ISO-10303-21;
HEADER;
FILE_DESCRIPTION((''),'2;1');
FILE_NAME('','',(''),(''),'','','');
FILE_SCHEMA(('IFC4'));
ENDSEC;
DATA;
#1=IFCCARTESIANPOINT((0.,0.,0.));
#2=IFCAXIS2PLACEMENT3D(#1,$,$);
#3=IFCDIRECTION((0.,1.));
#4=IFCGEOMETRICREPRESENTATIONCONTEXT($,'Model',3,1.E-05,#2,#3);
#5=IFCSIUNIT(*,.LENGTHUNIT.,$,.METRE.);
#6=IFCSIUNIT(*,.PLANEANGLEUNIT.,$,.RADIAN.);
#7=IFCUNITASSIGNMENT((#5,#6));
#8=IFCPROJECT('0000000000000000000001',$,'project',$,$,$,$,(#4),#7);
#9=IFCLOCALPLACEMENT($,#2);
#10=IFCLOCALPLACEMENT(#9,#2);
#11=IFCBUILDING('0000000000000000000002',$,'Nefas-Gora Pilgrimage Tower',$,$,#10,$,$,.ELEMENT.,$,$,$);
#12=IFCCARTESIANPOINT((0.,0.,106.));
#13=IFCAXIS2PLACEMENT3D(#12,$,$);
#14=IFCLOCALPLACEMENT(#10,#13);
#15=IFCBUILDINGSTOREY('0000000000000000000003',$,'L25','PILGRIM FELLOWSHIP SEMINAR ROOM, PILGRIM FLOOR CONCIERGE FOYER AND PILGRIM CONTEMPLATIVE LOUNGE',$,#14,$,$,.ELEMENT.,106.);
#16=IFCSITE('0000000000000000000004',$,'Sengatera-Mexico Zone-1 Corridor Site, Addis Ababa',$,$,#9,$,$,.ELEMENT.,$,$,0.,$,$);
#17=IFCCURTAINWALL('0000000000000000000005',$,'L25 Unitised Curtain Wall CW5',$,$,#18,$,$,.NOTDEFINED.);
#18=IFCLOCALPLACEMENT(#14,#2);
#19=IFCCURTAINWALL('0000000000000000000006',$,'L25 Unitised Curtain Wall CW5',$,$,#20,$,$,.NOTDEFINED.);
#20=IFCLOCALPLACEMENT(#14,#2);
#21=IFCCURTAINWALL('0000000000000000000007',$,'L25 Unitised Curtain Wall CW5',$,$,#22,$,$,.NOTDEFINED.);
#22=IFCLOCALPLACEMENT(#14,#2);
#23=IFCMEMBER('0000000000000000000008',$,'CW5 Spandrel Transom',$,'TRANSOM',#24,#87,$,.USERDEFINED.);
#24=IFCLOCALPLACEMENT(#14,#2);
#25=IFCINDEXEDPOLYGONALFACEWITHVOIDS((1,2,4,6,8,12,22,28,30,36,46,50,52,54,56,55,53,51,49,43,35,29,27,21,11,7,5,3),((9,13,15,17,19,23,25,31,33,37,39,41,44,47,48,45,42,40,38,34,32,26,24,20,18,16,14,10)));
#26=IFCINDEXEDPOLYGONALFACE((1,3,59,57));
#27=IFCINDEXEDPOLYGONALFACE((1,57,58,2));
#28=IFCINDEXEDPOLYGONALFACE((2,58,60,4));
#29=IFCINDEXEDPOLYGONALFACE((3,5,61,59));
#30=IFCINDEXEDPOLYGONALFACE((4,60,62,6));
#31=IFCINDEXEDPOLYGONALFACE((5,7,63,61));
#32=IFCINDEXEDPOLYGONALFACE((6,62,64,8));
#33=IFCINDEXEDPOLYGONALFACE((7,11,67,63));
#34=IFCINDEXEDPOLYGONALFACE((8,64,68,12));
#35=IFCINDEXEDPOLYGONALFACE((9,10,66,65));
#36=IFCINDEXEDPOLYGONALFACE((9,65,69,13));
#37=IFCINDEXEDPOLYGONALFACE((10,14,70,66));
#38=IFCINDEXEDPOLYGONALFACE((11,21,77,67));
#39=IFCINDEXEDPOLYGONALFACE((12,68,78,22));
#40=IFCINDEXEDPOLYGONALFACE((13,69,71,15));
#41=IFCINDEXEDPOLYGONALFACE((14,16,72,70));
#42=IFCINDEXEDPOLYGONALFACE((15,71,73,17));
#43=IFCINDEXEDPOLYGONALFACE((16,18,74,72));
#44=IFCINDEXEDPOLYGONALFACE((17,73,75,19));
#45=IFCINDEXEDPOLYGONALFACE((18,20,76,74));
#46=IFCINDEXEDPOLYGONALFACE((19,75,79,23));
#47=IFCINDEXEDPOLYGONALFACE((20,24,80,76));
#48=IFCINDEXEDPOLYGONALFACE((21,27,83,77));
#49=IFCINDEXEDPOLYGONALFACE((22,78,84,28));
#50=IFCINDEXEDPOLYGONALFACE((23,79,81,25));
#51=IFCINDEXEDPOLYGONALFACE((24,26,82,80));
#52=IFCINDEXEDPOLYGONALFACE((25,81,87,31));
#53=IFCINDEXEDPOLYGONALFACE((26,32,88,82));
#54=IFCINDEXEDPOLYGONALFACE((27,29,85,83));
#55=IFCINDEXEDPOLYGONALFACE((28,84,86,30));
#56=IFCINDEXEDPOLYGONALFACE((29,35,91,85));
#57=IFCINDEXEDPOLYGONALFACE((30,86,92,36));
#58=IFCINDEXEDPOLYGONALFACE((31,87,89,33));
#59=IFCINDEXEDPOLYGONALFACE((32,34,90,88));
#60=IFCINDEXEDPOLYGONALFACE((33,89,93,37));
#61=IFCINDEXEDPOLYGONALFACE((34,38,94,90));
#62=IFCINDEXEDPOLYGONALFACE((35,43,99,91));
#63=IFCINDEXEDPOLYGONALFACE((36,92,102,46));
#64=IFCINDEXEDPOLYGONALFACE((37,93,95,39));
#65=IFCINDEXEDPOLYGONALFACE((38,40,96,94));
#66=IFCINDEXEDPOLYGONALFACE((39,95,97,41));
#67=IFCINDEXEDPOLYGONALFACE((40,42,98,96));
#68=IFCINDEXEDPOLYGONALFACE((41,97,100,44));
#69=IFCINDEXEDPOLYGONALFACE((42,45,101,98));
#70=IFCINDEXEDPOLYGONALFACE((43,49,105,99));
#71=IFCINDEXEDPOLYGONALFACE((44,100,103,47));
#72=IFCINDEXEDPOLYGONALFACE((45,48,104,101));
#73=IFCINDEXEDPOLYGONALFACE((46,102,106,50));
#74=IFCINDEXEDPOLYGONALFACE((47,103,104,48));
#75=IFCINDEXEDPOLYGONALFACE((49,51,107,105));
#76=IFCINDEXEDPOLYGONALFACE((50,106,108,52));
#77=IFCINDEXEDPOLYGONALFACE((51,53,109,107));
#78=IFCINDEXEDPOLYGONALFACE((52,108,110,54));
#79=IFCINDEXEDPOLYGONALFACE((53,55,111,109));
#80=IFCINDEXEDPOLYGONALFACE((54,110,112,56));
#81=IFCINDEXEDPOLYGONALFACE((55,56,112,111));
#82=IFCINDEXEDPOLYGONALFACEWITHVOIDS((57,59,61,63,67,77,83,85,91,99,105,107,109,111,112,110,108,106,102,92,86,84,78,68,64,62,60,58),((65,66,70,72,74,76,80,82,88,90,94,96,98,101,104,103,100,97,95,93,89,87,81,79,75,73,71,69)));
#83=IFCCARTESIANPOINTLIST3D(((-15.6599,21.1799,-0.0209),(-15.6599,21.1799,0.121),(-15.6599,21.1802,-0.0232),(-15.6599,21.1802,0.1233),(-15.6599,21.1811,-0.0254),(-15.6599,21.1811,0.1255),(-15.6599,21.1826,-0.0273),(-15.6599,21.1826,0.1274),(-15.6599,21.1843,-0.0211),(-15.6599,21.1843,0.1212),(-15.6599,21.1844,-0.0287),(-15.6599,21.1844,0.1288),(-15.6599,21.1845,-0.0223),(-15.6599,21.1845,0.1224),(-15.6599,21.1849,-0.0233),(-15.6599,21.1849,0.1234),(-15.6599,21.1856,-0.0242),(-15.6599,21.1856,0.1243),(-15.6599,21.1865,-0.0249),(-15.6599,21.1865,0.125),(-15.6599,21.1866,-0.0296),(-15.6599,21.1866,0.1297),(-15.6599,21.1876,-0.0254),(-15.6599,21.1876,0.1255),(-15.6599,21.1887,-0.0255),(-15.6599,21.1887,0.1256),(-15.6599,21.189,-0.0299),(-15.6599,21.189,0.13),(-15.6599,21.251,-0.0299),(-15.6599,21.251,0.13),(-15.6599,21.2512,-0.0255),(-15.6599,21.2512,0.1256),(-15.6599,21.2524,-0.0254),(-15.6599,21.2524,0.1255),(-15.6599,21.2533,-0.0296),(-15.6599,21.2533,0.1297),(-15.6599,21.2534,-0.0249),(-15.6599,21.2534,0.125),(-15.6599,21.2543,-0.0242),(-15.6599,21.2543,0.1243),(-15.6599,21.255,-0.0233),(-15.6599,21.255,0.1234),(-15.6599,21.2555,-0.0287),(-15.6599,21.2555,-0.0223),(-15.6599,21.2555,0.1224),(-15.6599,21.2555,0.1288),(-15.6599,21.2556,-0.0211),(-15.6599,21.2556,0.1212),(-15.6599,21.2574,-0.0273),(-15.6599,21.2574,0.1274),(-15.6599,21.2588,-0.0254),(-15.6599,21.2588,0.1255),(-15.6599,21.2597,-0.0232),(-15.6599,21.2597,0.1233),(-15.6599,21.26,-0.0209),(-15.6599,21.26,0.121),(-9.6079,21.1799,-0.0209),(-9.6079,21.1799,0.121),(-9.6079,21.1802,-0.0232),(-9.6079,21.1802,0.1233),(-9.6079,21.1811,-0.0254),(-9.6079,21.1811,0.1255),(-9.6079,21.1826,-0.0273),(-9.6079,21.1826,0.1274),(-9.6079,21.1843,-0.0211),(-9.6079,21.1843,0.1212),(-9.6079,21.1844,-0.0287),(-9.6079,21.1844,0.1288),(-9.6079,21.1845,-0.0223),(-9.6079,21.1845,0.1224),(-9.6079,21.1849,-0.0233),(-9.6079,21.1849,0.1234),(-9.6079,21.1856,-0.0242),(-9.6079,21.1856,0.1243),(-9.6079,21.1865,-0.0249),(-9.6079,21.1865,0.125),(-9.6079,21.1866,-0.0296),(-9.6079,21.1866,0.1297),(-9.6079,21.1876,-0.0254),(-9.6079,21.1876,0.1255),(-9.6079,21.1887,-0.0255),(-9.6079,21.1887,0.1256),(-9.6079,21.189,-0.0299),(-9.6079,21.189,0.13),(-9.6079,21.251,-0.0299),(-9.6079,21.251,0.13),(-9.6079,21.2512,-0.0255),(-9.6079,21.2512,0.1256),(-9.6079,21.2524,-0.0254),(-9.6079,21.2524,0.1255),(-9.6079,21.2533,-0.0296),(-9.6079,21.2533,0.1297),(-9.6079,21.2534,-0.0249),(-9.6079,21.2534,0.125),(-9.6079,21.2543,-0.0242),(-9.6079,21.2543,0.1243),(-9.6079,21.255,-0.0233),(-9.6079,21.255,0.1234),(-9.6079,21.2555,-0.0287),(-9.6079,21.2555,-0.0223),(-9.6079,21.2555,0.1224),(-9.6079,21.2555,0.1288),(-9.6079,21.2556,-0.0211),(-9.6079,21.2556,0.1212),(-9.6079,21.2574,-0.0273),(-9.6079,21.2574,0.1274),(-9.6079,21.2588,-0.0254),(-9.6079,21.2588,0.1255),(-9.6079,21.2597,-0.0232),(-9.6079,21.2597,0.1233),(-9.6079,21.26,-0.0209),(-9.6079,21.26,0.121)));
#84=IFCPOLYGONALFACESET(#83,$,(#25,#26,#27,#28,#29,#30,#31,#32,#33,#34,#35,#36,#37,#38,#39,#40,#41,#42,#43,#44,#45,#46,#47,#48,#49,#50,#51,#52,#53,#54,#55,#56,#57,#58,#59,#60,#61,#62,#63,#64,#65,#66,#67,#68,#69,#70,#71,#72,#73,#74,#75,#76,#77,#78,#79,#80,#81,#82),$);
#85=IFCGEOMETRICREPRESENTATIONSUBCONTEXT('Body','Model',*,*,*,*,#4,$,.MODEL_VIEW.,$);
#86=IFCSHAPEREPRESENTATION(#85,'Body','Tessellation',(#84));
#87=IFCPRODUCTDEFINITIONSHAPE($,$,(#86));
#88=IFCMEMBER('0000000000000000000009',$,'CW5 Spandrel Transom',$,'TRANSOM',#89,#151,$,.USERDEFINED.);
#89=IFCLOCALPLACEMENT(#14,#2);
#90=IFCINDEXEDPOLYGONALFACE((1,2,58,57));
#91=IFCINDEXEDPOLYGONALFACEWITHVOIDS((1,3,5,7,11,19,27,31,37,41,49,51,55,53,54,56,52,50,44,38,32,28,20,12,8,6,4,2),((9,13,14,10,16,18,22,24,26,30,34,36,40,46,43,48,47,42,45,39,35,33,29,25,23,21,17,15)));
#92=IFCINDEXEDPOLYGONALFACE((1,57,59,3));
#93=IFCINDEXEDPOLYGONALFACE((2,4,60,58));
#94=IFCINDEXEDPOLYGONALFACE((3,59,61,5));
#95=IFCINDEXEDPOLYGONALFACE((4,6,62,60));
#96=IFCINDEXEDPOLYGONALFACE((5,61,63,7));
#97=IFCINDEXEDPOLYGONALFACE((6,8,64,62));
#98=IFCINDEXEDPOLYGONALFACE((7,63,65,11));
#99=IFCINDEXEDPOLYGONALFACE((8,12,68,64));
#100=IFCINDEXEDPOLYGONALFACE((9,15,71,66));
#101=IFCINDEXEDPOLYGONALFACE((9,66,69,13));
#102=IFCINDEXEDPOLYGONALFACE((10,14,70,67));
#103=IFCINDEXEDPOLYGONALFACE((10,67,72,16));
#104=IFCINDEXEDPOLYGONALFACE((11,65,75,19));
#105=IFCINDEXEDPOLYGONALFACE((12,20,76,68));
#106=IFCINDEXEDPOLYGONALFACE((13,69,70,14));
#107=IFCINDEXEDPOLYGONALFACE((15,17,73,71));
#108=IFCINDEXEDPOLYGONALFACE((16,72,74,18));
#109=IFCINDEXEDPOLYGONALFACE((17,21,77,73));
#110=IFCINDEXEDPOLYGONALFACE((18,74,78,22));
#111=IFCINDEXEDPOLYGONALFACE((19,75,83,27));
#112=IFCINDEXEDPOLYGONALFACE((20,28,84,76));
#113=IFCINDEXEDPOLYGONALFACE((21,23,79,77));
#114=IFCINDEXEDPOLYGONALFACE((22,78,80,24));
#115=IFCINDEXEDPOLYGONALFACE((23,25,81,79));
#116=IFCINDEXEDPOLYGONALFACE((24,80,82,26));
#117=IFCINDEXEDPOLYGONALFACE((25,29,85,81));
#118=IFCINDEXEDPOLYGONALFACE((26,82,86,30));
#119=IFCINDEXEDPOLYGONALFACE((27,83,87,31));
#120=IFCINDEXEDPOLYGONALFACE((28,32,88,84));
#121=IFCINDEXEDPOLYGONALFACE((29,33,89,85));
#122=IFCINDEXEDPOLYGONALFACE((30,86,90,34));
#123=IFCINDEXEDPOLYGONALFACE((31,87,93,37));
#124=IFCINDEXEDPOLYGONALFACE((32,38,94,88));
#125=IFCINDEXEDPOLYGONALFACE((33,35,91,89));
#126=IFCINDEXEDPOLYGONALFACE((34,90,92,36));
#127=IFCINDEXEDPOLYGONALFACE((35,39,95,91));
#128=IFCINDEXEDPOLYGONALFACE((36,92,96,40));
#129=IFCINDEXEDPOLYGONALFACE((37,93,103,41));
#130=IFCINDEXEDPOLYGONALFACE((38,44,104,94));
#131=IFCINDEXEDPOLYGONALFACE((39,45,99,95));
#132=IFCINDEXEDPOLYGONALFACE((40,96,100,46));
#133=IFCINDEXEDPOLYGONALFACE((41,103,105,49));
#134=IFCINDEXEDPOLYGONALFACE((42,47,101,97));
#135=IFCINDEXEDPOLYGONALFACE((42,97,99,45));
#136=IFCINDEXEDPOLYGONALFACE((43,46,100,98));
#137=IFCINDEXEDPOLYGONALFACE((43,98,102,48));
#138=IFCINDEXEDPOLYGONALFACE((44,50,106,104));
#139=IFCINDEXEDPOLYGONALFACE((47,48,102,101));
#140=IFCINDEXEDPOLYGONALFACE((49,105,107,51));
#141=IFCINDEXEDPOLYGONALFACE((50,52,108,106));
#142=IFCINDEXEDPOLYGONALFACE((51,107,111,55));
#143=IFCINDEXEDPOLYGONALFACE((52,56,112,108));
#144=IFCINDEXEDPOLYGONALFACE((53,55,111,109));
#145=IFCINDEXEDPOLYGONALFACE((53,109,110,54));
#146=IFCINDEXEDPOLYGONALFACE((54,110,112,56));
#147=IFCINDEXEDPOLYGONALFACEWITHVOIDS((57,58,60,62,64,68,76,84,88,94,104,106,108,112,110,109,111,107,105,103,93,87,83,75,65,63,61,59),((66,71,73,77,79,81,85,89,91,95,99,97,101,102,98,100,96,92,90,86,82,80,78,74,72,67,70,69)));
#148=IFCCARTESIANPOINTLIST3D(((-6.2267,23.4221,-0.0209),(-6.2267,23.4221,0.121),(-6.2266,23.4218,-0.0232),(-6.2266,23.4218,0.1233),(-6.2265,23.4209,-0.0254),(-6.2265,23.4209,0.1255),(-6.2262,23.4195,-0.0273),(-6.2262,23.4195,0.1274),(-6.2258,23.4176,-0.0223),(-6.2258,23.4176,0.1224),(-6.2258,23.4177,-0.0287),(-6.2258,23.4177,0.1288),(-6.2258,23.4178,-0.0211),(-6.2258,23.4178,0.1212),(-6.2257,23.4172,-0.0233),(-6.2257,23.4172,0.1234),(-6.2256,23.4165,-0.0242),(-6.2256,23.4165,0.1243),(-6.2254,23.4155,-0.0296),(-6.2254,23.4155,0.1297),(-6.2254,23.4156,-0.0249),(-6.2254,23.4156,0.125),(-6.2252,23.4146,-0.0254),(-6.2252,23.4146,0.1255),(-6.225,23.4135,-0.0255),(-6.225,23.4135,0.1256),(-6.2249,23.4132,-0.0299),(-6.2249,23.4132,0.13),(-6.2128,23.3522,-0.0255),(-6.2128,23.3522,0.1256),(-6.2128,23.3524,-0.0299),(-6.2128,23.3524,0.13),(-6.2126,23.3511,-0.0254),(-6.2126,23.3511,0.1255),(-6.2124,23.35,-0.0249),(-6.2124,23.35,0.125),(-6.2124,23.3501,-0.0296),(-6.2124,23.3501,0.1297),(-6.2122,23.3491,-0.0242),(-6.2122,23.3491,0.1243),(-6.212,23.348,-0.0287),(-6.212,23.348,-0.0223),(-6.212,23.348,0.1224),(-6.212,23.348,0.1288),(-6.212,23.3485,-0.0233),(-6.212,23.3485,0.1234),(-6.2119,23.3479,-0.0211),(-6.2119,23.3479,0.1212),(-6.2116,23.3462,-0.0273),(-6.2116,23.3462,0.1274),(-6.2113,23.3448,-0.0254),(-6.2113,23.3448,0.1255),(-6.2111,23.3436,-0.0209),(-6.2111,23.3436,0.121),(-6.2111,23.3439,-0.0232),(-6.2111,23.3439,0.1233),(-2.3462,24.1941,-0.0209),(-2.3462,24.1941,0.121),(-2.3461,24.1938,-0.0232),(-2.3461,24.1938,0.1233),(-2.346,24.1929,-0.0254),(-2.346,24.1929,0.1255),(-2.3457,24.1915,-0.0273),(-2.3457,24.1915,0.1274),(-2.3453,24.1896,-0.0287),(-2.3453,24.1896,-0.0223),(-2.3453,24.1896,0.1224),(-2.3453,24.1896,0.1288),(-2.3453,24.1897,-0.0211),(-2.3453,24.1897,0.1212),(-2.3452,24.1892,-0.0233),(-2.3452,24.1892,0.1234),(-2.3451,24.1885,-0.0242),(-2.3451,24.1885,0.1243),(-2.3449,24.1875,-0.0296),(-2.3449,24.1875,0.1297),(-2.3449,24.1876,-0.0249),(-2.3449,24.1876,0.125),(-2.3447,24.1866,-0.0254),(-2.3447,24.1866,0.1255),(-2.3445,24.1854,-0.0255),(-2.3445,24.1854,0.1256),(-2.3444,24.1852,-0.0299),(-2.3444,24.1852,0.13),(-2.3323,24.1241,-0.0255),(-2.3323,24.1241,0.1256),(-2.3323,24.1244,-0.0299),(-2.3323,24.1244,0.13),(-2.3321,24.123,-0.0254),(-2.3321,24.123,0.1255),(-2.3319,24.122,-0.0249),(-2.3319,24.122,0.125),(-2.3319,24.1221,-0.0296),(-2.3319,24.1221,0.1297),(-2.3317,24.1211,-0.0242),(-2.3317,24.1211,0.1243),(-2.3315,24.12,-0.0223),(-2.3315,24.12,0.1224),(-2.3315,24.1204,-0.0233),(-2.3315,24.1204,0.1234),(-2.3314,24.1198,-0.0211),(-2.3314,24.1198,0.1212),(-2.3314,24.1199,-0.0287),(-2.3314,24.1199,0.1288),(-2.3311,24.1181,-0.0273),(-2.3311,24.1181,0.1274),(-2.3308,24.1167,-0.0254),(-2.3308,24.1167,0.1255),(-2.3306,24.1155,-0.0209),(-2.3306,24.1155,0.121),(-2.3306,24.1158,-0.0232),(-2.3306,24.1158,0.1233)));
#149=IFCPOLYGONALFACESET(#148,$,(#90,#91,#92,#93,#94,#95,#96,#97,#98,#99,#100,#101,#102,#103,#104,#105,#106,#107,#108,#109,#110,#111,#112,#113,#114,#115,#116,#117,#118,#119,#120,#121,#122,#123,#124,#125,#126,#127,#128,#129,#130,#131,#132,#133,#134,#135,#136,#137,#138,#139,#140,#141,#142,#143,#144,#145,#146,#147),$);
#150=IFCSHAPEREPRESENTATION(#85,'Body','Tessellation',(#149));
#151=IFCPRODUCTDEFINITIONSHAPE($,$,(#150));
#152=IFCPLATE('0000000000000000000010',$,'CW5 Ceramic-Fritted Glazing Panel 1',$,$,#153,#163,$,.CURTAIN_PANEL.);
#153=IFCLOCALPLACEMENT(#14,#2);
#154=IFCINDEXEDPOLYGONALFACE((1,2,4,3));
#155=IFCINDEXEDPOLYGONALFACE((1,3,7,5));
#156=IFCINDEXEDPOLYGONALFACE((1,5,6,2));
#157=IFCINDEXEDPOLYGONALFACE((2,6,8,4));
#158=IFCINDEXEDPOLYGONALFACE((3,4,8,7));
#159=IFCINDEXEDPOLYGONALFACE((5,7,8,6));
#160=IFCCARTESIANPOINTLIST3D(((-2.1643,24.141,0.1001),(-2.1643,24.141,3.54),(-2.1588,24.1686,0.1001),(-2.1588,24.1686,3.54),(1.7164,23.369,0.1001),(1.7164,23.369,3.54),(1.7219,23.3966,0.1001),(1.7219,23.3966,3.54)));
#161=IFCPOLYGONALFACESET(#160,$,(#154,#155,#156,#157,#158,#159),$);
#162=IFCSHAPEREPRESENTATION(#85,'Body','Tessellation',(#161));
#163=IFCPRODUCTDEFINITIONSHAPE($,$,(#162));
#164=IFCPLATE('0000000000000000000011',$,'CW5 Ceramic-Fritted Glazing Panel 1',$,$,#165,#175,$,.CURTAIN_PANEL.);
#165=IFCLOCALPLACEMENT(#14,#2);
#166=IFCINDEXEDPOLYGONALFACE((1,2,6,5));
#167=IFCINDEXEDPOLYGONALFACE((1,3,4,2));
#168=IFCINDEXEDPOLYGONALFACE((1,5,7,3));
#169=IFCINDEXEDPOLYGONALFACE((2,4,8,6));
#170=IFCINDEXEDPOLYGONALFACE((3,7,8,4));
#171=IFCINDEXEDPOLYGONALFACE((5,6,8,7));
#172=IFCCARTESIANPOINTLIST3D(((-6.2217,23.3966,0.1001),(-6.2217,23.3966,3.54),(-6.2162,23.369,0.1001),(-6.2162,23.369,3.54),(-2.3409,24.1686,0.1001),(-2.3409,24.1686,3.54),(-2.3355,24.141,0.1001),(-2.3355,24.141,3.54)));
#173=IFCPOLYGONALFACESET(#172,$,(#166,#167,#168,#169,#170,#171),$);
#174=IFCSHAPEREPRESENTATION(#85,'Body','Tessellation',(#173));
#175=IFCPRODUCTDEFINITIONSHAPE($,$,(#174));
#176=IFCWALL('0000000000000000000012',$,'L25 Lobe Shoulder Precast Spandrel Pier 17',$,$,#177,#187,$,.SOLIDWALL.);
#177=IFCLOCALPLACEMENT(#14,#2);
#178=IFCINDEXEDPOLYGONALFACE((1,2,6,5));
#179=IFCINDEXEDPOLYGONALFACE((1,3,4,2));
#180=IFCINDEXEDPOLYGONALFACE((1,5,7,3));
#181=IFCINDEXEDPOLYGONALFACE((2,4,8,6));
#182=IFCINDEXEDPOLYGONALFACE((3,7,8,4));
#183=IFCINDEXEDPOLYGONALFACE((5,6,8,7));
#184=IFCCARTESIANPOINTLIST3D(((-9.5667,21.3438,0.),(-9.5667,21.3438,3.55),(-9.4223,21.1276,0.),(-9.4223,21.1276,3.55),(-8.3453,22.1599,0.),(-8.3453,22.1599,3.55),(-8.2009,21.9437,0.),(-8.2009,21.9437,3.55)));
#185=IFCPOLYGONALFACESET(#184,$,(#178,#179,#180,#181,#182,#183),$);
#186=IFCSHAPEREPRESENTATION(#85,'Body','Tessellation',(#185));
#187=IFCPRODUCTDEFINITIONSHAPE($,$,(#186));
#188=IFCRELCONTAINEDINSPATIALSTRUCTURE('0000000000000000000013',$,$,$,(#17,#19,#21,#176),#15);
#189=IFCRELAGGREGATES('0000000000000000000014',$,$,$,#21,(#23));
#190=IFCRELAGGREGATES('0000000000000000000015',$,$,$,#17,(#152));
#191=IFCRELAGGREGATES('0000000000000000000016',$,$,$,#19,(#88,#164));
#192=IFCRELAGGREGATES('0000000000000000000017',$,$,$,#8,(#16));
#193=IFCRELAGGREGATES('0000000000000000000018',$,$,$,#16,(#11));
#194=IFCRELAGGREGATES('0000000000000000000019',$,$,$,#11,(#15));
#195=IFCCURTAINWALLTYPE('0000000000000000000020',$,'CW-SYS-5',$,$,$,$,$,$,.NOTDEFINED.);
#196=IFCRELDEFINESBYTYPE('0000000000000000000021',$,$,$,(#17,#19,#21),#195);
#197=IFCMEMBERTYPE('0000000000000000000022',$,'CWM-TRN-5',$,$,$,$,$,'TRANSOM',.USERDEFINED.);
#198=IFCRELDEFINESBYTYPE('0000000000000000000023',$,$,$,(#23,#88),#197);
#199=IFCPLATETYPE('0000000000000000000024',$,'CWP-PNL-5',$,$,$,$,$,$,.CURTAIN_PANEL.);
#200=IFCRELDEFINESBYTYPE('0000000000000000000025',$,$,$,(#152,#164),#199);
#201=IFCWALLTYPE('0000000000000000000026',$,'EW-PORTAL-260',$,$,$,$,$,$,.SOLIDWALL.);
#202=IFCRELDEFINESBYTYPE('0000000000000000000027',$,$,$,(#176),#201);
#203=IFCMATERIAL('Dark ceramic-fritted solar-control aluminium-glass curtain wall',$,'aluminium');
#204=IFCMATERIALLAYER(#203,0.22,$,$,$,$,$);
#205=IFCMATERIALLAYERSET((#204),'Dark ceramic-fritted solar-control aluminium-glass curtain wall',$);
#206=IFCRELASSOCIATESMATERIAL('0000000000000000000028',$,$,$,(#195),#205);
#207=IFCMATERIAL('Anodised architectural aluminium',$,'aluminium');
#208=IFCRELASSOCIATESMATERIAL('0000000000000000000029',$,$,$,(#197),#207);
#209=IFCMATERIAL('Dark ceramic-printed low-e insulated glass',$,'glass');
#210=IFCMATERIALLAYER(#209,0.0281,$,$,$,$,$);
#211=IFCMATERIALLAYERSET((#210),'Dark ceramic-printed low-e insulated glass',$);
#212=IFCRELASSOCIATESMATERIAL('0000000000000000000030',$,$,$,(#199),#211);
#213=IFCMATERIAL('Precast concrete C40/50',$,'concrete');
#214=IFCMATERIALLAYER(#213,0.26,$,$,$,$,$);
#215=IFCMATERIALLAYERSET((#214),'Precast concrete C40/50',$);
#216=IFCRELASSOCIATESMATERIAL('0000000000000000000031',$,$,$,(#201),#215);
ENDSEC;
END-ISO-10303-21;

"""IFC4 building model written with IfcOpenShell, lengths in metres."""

from ifc_helpers import new_model, si_unit, direction, frame, frame_2d, origin, origin_2d, place, context, subcontext, project, spatial, rectangle, hollow_rectangle, extrude, source, transform, mapped, material, layer, layer_set, material_profile, profile_set, type_object, element, aggregate, save


model = new_model("IFC4")

# Units and contexts
model_context = context("Model", 3, precision=1e-05, world=origin(), true_north=direction((0.0, 1.0)))
body_context = subcontext(model_context, "Body", "Model", "MODEL_VIEW")
ifc_project = project(units=[si_unit("LENGTHUNIT", "METRE"), si_unit("PLANEANGLEUNIT", "RADIAN")], contexts=[model_context])

# Site, building, storey
site_placement = place(None, origin())
site = spatial("IfcSite", under=ifc_project, at=site_placement, Name="Sengatera-Mexico Zone-1 Corridor Site, Addis Ababa", CompositionType="ELEMENT", RefElevation=0.0)
building_placement = place(site_placement, origin())
building = spatial("IfcBuilding", under=site, at=building_placement, Name="Nefas-Gora Pilgrimage Tower", CompositionType="ELEMENT")
storey_placement = place(building_placement, frame((0.0, 0.0, 106.0)))
storey = spatial("IfcBuildingStorey", under=building, at=storey_placement, Name="L25", Description="PILGRIM FELLOWSHIP SEMINAR ROOM, PILGRIM FLOOR CONCIERGE FOYER AND PILGRIM CONTEMPLATIVE LOUNGE", CompositionType="ELEMENT", Elevation=106.0)

# Curtain wall
ifc_material_1 = material(Name="Dark ceramic-fritted solar-control aluminium-glass curtain wall", Category="aluminium")
ifc_layer_1 = layer(ifc_material_1, 0.22)
ifc_layer_set_1 = layer_set([ifc_layer_1], Name="Dark ceramic-fritted solar-control aluminium-glass curtain wall")
curtain_wall_type = type_object("IfcCurtainWallType", Name="CW-SYS-5", PredefinedType="NOTDEFINED", material=ifc_layer_set_1)
curtain_wall_1_placement = place(storey_placement, origin())
curtain_wall_1 = element("IfcCurtainWall", 1, at=curtain_wall_1_placement, inside=storey, type_object=curtain_wall_type, Name="L25 Unitised Curtain Wall CW5", PredefinedType="NOTDEFINED")
ifc_material_2 = material(Name="Anodised architectural aluminium", Category="aluminium")

# Curtain walls, member
curtain_wall_2_placement = place(storey_placement, origin())
curtain_wall_2 = element("IfcCurtainWall", 2, at=curtain_wall_2_placement, inside=storey, type_object=curtain_wall_type, Name="L25 Unitised Curtain Wall CW5", PredefinedType="NOTDEFINED")
curtain_wall_3_placement = place(storey_placement, origin())
curtain_wall_3 = element("IfcCurtainWall", 3, at=curtain_wall_3_placement, inside=storey, type_object=curtain_wall_type, Name="L25 Unitised Curtain Wall CW5", PredefinedType="NOTDEFINED")
ifc_material_profile_1 = material_profile(ifc_material_2, hollow_rectangle(XDim=0.0801, YDim=0.1599, WallThickness=0.0044, InnerFilletRadius=0.0044, OuterFilletRadius=0.009, at=origin_2d()), Name="ALU TRANSOM 80x160")
ifc_profile_set_1 = profile_set([ifc_material_profile_1], Name="Anodised architectural aluminium")
member_type_1 = type_object("IfcMemberType", Name="CWM-TRN-5", ElementType="TRANSOM", PredefinedType="USERDEFINED", material=ifc_profile_set_1)
shared_shape_1 = source(origin(), body_context, "Body", "SweptSolid", [
    extrude(hollow_rectangle(XDim=0.0801, YDim=0.1599, WallThickness=0.0044, InnerFilletRadius=0.0044, OuterFilletRadius=0.009, at=origin_2d()), origin(), (0.0, 0.0, 1.0), 6.052),
])
member_1_placement = place(storey_placement, frame((-9.6079, 21.22, 0.05), z_axis=(-1.0, 0.0, 0.0), x_axis=(0.0, -1.0, 0.0)))
member_1 = element("IfcMember", 4, at=member_1_placement, type_object=member_type_1, Name="CW5 Spandrel Transom", ObjectType="TRANSOM", PredefinedType="USERDEFINED", context=body_context, shape_type="MappedRepresentation", body=[
    mapped(shared_shape_1, transform((0.0, 0.0, 0.0), x_axis=(1.0, 0.0, 0.0), y_axis=(0.0, 1.0, 0.0), z_axis=(0.0, 0.0, 1.0), scale=1.0)),
])
aggregate(curtain_wall_3, [member_1])

# Member
shared_shape_2 = source(origin(), body_context, "Body", "SweptSolid", [
    extrude(hollow_rectangle(XDim=0.0801, YDim=0.1599, WallThickness=0.0044, InnerFilletRadius=0.0044, OuterFilletRadius=0.009, at=origin_2d()), origin(), (0.0, 0.0, 1.0), 3.9565),
])
member_2_placement = place(storey_placement, frame((-2.3384, 24.1548, 0.05), z_axis=(-0.980782, -0.195107, 0.0), x_axis=(0.195107, -0.980782, 0.0)))
member_2 = element("IfcMember", 5, at=member_2_placement, type_object=member_type_1, Name="CW5 Spandrel Transom", ObjectType="TRANSOM", PredefinedType="USERDEFINED", context=body_context, shape_type="MappedRepresentation", body=[
    mapped(shared_shape_2, transform((0.0, 0.0, 0.0), x_axis=(1.0, 0.0, 0.0), y_axis=(0.0, 1.0, 0.0), z_axis=(0.0, 0.0, 1.0), scale=1.0)),
])

# Plates
ifc_material_3 = material(Name="Dark ceramic-printed low-e insulated glass", Category="glass")
ifc_layer_2 = layer(ifc_material_3, 0.0281)
ifc_layer_set_2 = layer_set([ifc_layer_2], Name="Dark ceramic-printed low-e insulated glass")
plate_type = type_object("IfcPlateType", Name="CWP-PNL-5", PredefinedType="CURTAIN_PANEL", material=ifc_layer_set_2)
shared_shape_3 = source(origin(), body_context, "Body", "SweptSolid", [
    extrude(rectangle(XDim=3.9568, YDim=0.0281, at=origin_2d()), origin(), (0.0, 0.0, 1.0), 3.4399),
])
plate_1_placement = place(storey_placement, frame((-0.2212, 23.7688, 0.1001), z_axis=(0.0, 0.0, 1.0), x_axis=(-0.980783, 0.195102, 0.0)))
plate_1 = element("IfcPlate", 6, at=plate_1_placement, type_object=plate_type, Name="CW5 Ceramic-Fritted Glazing Panel 1", PredefinedType="CURTAIN_PANEL", context=body_context, shape_type="MappedRepresentation", body=[
    mapped(shared_shape_3, transform((0.0, 0.0, 0.0), x_axis=(1.0, 0.0, 0.0), y_axis=(0.0, 1.0, 0.0), z_axis=(0.0, 0.0, 1.0), scale=1.0)),
])
aggregate(curtain_wall_1, [plate_1])
plate_2_placement = place(storey_placement, frame((-4.2786, 23.7688, 0.1001), z_axis=(0.0, 0.0, 1.0), x_axis=(-0.980783, -0.195102, 0.0)))
plate_2 = element("IfcPlate", 7, at=plate_2_placement, type_object=plate_type, Name="CW5 Ceramic-Fritted Glazing Panel 1", PredefinedType="CURTAIN_PANEL", context=body_context, shape_type="MappedRepresentation", body=[
    mapped(shared_shape_3, transform((0.0, 0.0, 0.0), x_axis=(1.0, 0.0, 0.0), y_axis=(0.0, 1.0, 0.0), z_axis=(0.0, 0.0, 1.0), scale=1.0)),
])
aggregate(curtain_wall_2, [member_2, plate_2])

# Wall
ifc_material_4 = material(Name="Precast concrete C40/50", Category="concrete")
ifc_layer_3 = layer(ifc_material_4, 0.26)
ifc_layer_set_3 = layer_set([ifc_layer_3], Name="Precast concrete C40/50")
wall_type_1 = type_object("IfcWallType", Name="EW-PORTAL-260", PredefinedType="SOLIDWALL", material=ifc_layer_set_3)
shared_shape_4 = source(origin(), body_context, "Body", "SweptSolid", [
    extrude(rectangle(XDim=1.469, YDim=0.26, at=frame_2d((0.7344, 0.0))), origin(), (0.0, 0.0, 1.0), 3.55),
])
wall_1_placement = place(storey_placement, frame((-8.2732, 22.0518, 0.0), z_axis=(0.0, 0.0, 1.0), x_axis=(-0.831462, -0.555582, 0.0)))
element("IfcWall", 8, at=wall_1_placement, inside=storey, type_object=wall_type_1, Name="L25 Lobe Shoulder Precast Spandrel Pier 17", PredefinedType="SOLIDWALL", context=body_context, shape_type="MappedRepresentation", body=[
    mapped(shared_shape_4, transform((0.0, 0.0, 0.0), x_axis=(1.0, 0.0, 0.0), y_axis=(0.0, 1.0, 0.0), z_axis=(0.0, 0.0, 1.0), scale=1.0)),
])

save(model, "model.ifc")
